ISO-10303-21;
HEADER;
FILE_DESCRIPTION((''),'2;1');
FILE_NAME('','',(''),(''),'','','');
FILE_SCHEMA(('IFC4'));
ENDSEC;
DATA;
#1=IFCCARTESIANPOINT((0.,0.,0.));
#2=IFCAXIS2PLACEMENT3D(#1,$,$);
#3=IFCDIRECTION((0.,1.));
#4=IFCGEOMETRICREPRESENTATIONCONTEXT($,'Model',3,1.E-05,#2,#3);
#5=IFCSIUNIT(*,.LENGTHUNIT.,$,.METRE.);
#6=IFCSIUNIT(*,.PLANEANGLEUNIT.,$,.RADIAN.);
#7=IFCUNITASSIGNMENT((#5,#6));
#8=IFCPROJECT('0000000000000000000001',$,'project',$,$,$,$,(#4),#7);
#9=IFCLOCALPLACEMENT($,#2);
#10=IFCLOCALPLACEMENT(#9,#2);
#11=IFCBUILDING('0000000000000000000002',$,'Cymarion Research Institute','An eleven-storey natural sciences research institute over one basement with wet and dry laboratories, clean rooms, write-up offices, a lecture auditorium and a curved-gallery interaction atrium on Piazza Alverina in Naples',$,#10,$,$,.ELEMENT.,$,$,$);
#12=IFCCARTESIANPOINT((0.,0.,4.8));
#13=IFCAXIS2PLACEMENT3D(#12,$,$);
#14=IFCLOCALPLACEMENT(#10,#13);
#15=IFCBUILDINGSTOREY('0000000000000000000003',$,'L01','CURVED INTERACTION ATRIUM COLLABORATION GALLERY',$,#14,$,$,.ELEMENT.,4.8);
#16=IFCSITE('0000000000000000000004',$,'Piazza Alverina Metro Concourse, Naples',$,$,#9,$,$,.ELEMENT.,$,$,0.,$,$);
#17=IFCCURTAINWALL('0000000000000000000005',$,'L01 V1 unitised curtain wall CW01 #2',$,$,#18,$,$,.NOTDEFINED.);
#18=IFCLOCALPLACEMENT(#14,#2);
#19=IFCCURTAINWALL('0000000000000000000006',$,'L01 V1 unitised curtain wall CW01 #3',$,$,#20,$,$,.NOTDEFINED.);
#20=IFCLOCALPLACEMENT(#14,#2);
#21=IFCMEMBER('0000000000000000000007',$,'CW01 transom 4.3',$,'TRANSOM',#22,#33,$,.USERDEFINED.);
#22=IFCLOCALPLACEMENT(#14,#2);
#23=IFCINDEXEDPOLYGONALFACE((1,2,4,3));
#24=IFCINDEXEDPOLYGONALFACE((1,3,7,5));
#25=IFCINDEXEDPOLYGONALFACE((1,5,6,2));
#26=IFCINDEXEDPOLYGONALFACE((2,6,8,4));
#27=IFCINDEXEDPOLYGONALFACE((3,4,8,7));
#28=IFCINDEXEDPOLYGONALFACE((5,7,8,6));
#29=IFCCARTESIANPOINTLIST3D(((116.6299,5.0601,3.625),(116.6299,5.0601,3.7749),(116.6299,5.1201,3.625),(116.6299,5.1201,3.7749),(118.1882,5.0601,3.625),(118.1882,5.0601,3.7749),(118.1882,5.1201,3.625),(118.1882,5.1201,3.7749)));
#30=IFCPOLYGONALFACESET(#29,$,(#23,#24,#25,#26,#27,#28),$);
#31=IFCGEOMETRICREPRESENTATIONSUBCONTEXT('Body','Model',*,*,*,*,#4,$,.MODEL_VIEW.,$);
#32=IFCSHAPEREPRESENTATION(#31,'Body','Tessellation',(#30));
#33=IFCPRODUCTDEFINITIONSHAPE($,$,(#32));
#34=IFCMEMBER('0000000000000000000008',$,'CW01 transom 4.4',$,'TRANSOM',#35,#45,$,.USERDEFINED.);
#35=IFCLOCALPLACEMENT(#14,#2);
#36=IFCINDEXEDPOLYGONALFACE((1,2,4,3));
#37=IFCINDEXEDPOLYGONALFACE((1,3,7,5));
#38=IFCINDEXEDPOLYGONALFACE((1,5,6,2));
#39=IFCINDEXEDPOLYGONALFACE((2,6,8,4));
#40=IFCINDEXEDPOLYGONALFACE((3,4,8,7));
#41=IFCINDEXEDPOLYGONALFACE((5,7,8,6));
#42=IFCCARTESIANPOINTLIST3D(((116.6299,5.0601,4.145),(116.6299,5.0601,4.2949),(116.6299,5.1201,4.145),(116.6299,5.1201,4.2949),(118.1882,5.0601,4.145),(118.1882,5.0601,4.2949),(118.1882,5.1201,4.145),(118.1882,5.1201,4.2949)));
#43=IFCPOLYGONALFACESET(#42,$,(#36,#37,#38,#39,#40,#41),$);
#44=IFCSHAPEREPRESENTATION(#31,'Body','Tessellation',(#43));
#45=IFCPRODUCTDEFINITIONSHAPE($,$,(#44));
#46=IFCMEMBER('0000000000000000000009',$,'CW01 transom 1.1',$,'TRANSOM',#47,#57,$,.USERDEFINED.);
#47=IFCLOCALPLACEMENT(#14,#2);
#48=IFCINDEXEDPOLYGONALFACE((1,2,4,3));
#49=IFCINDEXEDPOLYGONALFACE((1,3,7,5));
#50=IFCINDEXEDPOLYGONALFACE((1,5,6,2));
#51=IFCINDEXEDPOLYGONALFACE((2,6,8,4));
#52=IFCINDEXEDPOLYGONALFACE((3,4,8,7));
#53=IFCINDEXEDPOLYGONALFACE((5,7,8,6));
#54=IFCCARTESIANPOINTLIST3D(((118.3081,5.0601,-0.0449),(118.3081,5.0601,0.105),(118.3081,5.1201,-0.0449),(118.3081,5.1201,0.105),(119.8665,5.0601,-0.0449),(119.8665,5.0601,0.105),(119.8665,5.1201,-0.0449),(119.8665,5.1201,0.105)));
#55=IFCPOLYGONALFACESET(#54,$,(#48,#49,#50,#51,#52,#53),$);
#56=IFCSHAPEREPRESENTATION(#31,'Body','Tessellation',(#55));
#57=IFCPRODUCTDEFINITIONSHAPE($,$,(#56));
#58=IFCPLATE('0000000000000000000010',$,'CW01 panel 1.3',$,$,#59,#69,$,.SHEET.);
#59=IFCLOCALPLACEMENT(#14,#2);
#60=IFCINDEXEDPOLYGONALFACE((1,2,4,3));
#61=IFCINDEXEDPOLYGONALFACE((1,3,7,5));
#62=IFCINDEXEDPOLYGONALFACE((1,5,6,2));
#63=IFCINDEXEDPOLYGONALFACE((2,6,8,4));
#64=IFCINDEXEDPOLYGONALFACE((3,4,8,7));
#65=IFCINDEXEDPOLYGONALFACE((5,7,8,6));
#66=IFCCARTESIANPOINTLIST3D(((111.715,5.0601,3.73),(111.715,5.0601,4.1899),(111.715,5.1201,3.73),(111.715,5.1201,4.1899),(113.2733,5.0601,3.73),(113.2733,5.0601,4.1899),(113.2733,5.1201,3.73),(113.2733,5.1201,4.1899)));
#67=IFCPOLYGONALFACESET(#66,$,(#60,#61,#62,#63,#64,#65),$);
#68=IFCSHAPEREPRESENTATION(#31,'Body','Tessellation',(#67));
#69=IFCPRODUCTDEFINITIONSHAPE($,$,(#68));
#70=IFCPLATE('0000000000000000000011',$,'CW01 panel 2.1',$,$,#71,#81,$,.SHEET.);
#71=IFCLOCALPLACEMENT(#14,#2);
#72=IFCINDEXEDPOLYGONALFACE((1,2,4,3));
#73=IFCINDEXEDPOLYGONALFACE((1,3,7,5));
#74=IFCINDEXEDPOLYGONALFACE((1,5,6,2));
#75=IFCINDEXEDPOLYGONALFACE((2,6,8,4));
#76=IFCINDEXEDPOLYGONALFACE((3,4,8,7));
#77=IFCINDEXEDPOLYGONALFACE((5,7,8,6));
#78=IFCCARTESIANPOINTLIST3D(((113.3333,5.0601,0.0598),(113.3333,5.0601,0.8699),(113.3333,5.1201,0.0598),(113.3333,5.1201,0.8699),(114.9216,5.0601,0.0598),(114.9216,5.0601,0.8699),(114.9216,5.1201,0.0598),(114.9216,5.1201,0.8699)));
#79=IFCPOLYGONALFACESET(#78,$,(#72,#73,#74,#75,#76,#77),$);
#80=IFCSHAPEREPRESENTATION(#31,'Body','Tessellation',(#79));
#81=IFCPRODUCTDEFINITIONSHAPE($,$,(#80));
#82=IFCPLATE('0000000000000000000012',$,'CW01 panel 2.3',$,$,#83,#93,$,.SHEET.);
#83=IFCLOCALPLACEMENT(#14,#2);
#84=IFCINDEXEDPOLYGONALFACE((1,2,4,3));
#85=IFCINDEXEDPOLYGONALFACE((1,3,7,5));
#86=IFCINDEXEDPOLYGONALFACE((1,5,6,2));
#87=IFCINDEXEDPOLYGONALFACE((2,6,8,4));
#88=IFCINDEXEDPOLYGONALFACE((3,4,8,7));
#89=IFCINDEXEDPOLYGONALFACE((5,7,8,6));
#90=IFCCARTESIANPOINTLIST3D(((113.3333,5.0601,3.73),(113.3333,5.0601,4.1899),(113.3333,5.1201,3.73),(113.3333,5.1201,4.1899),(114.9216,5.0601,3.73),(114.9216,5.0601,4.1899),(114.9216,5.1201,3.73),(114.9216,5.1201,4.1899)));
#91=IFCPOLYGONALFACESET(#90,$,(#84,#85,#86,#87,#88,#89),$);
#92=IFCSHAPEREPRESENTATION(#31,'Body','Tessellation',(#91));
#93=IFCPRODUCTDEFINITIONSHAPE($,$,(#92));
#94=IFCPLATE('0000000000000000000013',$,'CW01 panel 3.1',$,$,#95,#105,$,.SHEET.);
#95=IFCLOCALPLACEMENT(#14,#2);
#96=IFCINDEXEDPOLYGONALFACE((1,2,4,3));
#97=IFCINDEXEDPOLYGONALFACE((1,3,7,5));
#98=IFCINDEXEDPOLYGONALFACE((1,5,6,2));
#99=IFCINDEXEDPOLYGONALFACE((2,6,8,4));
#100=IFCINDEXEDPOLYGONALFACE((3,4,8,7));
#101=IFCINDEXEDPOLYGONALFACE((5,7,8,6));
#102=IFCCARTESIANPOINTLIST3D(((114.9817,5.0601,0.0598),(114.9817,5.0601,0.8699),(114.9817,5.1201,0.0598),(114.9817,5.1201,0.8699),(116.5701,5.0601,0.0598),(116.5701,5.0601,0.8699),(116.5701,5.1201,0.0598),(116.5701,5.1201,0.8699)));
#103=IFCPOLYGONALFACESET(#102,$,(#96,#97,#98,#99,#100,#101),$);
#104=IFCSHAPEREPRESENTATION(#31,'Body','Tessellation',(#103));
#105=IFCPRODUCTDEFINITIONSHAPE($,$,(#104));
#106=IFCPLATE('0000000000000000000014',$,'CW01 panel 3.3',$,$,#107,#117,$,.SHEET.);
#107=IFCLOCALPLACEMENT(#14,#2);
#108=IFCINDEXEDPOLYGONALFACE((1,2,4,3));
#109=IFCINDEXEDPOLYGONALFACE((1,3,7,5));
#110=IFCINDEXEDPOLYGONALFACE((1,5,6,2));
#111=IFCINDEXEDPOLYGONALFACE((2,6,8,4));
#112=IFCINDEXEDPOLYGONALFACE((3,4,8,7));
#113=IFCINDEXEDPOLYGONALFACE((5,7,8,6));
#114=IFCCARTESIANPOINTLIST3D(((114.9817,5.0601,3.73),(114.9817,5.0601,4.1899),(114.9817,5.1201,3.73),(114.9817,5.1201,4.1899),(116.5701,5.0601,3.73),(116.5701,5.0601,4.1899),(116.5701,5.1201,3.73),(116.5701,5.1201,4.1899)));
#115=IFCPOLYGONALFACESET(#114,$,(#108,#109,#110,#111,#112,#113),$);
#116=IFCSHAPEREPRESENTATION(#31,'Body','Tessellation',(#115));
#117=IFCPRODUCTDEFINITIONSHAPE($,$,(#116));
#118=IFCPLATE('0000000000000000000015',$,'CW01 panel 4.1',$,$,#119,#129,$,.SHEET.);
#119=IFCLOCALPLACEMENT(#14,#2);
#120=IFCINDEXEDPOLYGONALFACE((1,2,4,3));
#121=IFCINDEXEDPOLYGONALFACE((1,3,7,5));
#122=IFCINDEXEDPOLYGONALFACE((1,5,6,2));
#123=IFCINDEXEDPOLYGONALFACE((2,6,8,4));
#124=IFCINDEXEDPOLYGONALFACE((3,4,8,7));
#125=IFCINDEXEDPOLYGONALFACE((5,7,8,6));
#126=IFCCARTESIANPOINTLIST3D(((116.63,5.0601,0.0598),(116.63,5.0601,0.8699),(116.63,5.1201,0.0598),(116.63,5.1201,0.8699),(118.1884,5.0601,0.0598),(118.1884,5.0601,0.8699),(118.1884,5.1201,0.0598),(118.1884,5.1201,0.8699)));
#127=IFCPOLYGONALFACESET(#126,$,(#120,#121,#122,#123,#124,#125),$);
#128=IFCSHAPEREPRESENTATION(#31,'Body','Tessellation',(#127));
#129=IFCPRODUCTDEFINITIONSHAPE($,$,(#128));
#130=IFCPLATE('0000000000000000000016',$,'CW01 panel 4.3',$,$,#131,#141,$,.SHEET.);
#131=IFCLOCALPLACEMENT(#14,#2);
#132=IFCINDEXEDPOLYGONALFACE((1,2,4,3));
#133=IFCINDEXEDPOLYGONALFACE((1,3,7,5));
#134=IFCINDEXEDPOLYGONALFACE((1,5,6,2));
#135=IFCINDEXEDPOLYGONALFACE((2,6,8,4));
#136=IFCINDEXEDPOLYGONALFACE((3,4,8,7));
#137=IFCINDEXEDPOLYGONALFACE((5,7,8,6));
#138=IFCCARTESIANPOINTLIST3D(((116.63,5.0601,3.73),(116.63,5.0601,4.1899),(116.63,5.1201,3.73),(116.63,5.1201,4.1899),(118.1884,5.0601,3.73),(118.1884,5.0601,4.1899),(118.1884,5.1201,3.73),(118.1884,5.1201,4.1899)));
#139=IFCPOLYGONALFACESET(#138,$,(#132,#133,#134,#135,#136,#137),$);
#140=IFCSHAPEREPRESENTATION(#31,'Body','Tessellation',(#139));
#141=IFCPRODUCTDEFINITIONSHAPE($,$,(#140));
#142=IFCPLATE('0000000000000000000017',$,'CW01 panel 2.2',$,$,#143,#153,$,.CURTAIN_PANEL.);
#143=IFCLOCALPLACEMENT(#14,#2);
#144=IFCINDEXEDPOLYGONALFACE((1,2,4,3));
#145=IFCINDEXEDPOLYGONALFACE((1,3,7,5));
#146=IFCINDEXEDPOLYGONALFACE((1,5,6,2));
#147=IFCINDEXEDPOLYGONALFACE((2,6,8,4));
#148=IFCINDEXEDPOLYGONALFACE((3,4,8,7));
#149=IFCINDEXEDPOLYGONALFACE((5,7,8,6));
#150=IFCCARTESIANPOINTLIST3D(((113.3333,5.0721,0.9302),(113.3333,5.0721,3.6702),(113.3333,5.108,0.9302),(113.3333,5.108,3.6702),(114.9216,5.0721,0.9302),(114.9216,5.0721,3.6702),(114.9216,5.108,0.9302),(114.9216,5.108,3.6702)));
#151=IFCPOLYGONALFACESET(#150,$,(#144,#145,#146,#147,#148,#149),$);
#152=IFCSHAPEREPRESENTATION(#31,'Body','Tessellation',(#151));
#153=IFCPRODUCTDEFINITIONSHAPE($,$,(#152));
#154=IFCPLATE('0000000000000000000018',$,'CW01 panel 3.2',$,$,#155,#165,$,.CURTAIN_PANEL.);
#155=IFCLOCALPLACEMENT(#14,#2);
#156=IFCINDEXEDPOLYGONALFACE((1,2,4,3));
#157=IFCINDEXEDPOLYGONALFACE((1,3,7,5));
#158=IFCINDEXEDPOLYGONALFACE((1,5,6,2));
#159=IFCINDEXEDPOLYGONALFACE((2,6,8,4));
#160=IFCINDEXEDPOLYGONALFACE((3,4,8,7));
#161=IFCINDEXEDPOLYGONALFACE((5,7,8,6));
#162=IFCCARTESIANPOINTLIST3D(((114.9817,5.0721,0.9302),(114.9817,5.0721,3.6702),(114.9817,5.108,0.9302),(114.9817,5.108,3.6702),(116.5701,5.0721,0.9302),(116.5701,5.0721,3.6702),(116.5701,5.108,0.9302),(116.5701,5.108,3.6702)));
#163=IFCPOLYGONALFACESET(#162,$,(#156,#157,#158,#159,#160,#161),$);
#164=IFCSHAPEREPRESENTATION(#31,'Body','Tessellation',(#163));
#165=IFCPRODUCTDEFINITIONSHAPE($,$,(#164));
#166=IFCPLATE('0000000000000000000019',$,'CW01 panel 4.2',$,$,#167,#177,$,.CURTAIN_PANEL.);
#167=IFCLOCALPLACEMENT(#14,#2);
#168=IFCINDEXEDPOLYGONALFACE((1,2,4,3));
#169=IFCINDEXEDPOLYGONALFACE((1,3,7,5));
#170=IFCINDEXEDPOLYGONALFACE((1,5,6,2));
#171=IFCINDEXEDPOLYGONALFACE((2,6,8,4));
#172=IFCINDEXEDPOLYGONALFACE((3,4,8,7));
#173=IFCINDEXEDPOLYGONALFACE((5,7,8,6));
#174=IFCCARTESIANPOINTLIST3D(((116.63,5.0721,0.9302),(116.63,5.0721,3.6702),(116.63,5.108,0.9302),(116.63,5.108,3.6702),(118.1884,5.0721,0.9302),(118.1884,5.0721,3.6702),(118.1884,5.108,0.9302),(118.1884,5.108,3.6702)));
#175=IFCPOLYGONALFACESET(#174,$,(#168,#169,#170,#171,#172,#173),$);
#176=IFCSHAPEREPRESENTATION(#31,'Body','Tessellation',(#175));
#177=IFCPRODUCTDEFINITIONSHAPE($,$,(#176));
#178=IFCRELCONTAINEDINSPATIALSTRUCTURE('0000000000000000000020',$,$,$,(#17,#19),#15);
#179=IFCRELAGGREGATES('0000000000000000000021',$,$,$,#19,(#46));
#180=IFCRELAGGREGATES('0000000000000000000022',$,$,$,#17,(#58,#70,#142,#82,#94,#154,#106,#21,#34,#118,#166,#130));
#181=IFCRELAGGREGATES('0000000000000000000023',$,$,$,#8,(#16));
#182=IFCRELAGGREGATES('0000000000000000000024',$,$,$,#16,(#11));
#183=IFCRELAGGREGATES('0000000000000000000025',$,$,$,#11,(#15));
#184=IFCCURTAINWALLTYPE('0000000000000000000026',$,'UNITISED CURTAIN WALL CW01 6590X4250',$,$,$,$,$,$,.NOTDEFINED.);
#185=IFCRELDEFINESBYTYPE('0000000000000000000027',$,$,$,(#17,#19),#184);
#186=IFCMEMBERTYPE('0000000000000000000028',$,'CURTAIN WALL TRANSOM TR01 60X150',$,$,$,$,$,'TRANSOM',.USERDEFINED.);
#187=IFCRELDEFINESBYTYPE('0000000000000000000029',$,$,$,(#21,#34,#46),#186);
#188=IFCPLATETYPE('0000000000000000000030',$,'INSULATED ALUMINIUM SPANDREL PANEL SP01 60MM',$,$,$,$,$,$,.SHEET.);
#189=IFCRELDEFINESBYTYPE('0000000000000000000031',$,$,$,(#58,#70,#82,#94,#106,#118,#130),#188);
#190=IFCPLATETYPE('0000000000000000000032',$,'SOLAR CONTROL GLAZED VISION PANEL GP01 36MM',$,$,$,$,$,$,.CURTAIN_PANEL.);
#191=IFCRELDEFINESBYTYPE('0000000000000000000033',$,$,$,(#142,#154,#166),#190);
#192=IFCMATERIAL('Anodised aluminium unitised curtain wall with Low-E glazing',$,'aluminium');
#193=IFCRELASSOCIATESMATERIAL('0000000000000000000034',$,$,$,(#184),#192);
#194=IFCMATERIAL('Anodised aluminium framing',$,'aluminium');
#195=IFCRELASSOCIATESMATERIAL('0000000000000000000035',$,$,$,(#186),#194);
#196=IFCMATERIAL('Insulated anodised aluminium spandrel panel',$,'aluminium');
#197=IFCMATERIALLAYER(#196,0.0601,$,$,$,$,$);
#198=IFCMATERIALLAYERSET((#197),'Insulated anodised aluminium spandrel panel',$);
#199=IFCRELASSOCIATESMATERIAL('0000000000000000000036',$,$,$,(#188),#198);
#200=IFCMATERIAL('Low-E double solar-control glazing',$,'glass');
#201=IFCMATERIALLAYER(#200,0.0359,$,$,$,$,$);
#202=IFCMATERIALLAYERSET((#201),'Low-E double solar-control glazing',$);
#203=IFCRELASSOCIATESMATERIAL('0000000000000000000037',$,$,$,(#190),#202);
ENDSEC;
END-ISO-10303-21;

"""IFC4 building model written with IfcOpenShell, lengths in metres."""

from ifc_helpers import new_model, si_unit, direction, frame, origin, origin_2d, place, context, subcontext, project, spatial, rectangle, extrude, material, layer, layer_set, material_profile, profile_set, type_object, element, aggregate, save


model = new_model("IFC4")

# Units and contexts
model_context = context("Model", 3, precision=1e-05, world=origin(), true_north=direction((0.0, 1.0)))
body_context = subcontext(model_context, "Body", "Model", "MODEL_VIEW")
ifc_project = project(units=[si_unit("LENGTHUNIT", "METRE"), si_unit("PLANEANGLEUNIT", "RADIAN")], contexts=[model_context])

# Site, building, storey
site_placement = place(None, origin())
site = spatial("IfcSite", under=ifc_project, at=site_placement, Name="Piazza Alverina Metro Concourse, Naples", CompositionType="ELEMENT", RefElevation=0.0)
building_placement = place(site_placement, origin())
building = spatial("IfcBuilding", under=site, at=building_placement, Name="Cymarion Research Institute", Description="An eleven-storey natural sciences research institute over one basement with wet and dry laboratories, clean rooms, write-up offices, a lecture auditorium and a curved-gallery interaction atrium on Piazza Alverina in Naples", CompositionType="ELEMENT")
storey_placement = place(building_placement, frame((0.0, 0.0, 4.8)))
storey = spatial("IfcBuildingStorey", under=building, at=storey_placement, Name="L01", Description="CURVED INTERACTION ATRIUM COLLABORATION GALLERY", CompositionType="ELEMENT", Elevation=4.8)

# Curtain wall
ifc_material_1 = material(Name="Anodised aluminium unitised curtain wall with Low-E glazing", Category="aluminium")
curtain_wall_type = type_object("IfcCurtainWallType", Name="UNITISED CURTAIN WALL CW01 6590X4250", PredefinedType="NOTDEFINED", material=ifc_material_1)
curtain_wall_1_placement = place(storey_placement, origin())
curtain_wall_1 = element("IfcCurtainWall", 1, at=curtain_wall_1_placement, inside=storey, type_object=curtain_wall_type, Name="L01 V1 unitised curtain wall CW01 #2", PredefinedType="NOTDEFINED")
ifc_material_2 = material(Name="Anodised aluminium framing", Category="aluminium")

# Curtain wall
curtain_wall_2_placement = place(storey_placement, origin())
curtain_wall_2 = element("IfcCurtainWall", 2, at=curtain_wall_2_placement, inside=storey, type_object=curtain_wall_type, Name="L01 V1 unitised curtain wall CW01 #3", PredefinedType="NOTDEFINED")

# Members
ifc_material_profile_1 = material_profile(ifc_material_2, rectangle(XDim=0.0601, YDim=0.1499, at=origin_2d()), Name="ALU TRANSOM 60x150")
ifc_profile_set_1 = profile_set([ifc_material_profile_1], Name="Anodised aluminium framing")
member_type_1 = type_object("IfcMemberType", Name="CURTAIN WALL TRANSOM TR01 60X150", ElementType="TRANSOM", PredefinedType="USERDEFINED", material=ifc_profile_set_1)
member_1_placement = place(storey_placement, frame((116.6299, 5.0901, 3.7), z_axis=(1.0, 0.0, 0.0), x_axis=(0.0, 1.0, 0.0)))
member_1 = element("IfcMember", 3, at=member_1_placement, type_object=member_type_1, Name="CW01 transom 4.3", ObjectType="TRANSOM", PredefinedType="USERDEFINED", context=body_context, shape_type="SweptSolid", body=[
    extrude(rectangle(XDim=0.0601, YDim=0.1499, at=origin_2d()), origin(), (0.0, 0.0, 1.0), 1.5583),
])
member_2_placement = place(storey_placement, frame((116.6299, 5.0901, 4.22), z_axis=(1.0, 0.0, 0.0), x_axis=(0.0, 1.0, 0.0)))
member_2 = element("IfcMember", 4, at=member_2_placement, type_object=member_type_1, Name="CW01 transom 4.4", ObjectType="TRANSOM", PredefinedType="USERDEFINED", context=body_context, shape_type="SweptSolid", body=[
    extrude(rectangle(XDim=0.0601, YDim=0.1499, at=origin_2d()), origin(), (0.0, 0.0, 1.0), 1.5583),
])
member_3_placement = place(storey_placement, frame((118.3081, 5.0901, 0.03), z_axis=(1.0, 0.0, 0.0), x_axis=(0.0, 1.0, 0.0)))
member_3 = element("IfcMember", 5, at=member_3_placement, type_object=member_type_1, Name="CW01 transom 1.1", ObjectType="TRANSOM", PredefinedType="USERDEFINED", context=body_context, shape_type="SweptSolid", body=[
    extrude(rectangle(XDim=0.0601, YDim=0.1499, at=origin_2d()), origin(), (0.0, 0.0, 1.0), 1.5583),
])
aggregate(curtain_wall_2, [member_3])

# Plates
ifc_material_3 = material(Name="Insulated anodised aluminium spandrel panel", Category="aluminium")
ifc_layer_1 = layer(ifc_material_3, 0.0601)
ifc_layer_set_1 = layer_set([ifc_layer_1], Name="Insulated anodised aluminium spandrel panel")
plate_type_1 = type_object("IfcPlateType", Name="INSULATED ALUMINIUM SPANDREL PANEL SP01 60MM", PredefinedType="SHEET", material=ifc_layer_set_1)
plate_1_placement = place(storey_placement, frame((112.4941, 5.0901, 3.73), z_axis=(0.0, 0.0, 1.0), x_axis=(1.0, 0.0, 0.0)))
plate_1 = element("IfcPlate", 6, at=plate_1_placement, type_object=plate_type_1, Name="CW01 panel 1.3", PredefinedType="SHEET", context=body_context, shape_type="SweptSolid", body=[
    extrude(rectangle(XDim=1.5583, YDim=0.0601, at=origin_2d()), origin(), (0.0, 0.0, 1.0), 0.46),
])
plate_2_placement = place(storey_placement, frame((114.1274, 5.0901, 0.0598), z_axis=(0.0, 0.0, 1.0), x_axis=(1.0, 0.0, 0.0)))
plate_2 = element("IfcPlate", 7, at=plate_2_placement, type_object=plate_type_1, Name="CW01 panel 2.1", PredefinedType="SHEET", context=body_context, shape_type="SweptSolid", body=[
    extrude(rectangle(XDim=1.5884, YDim=0.0601, at=origin_2d()), origin(), (0.0, 0.0, 1.0), 0.8101),
])
plate_3_placement = place(storey_placement, frame((114.1274, 5.0901, 3.73), z_axis=(0.0, 0.0, 1.0), x_axis=(1.0, 0.0, 0.0)))
plate_3 = element("IfcPlate", 8, at=plate_3_placement, type_object=plate_type_1, Name="CW01 panel 2.3", PredefinedType="SHEET", context=body_context, shape_type="SweptSolid", body=[
    extrude(rectangle(XDim=1.5884, YDim=0.0601, at=origin_2d()), origin(), (0.0, 0.0, 1.0), 0.46),
])
plate_4_placement = place(storey_placement, frame((115.7759, 5.0901, 0.0598), z_axis=(0.0, 0.0, 1.0), x_axis=(1.0, 0.0, 0.0)))
plate_4 = element("IfcPlate", 9, at=plate_4_placement, type_object=plate_type_1, Name="CW01 panel 3.1", PredefinedType="SHEET", context=body_context, shape_type="SweptSolid", body=[
    extrude(rectangle(XDim=1.5884, YDim=0.0601, at=origin_2d()), origin(), (0.0, 0.0, 1.0), 0.8101),
])
plate_5_placement = place(storey_placement, frame((115.7759, 5.0901, 3.73), z_axis=(0.0, 0.0, 1.0), x_axis=(1.0, 0.0, 0.0)))
plate_5 = element("IfcPlate", 10, at=plate_5_placement, type_object=plate_type_1, Name="CW01 panel 3.3", PredefinedType="SHEET", context=body_context, shape_type="SweptSolid", body=[
    extrude(rectangle(XDim=1.5884, YDim=0.0601, at=origin_2d()), origin(), (0.0, 0.0, 1.0), 0.46),
])
plate_6_placement = place(storey_placement, frame((117.4092, 5.0901, 0.0598), z_axis=(0.0, 0.0, 1.0), x_axis=(1.0, 0.0, 0.0)))
plate_6 = element("IfcPlate", 11, at=plate_6_placement, type_object=plate_type_1, Name="CW01 panel 4.1", PredefinedType="SHEET", context=body_context, shape_type="SweptSolid", body=[
    extrude(rectangle(XDim=1.5583, YDim=0.0601, at=origin_2d()), origin(), (0.0, 0.0, 1.0), 0.8101),
])
plate_7_placement = place(storey_placement, frame((117.4092, 5.0901, 3.73), z_axis=(0.0, 0.0, 1.0), x_axis=(1.0, 0.0, 0.0)))
plate_7 = element("IfcPlate", 12, at=plate_7_placement, type_object=plate_type_1, Name="CW01 panel 4.3", PredefinedType="SHEET", context=body_context, shape_type="SweptSolid", body=[
    extrude(rectangle(XDim=1.5583, YDim=0.0601, at=origin_2d()), origin(), (0.0, 0.0, 1.0), 0.46),
])
ifc_material_4 = material(Name="Low-E double solar-control glazing", Category="glass")
ifc_layer_2 = layer(ifc_material_4, 0.0359)
ifc_layer_set_2 = layer_set([ifc_layer_2], Name="Low-E double solar-control glazing")
plate_type_2 = type_object("IfcPlateType", Name="SOLAR CONTROL GLAZED VISION PANEL GP01 36MM", PredefinedType="CURTAIN_PANEL", material=ifc_layer_set_2)
plate_8_placement = place(storey_placement, frame((114.1274, 5.0901, 0.9302), z_axis=(0.0, 0.0, 1.0), x_axis=(1.0, 0.0, 0.0)))
plate_8 = element("IfcPlate", 13, at=plate_8_placement, type_object=plate_type_2, Name="CW01 panel 2.2", PredefinedType="CURTAIN_PANEL", context=body_context, shape_type="SweptSolid", body=[
    extrude(rectangle(XDim=1.5884, YDim=0.0359, at=origin_2d()), origin(), (0.0, 0.0, 1.0), 2.74),
])
plate_9_placement = place(storey_placement, frame((115.7759, 5.0901, 0.9302), z_axis=(0.0, 0.0, 1.0), x_axis=(1.0, 0.0, 0.0)))
plate_9 = element("IfcPlate", 14, at=plate_9_placement, type_object=plate_type_2, Name="CW01 panel 3.2", PredefinedType="CURTAIN_PANEL", context=body_context, shape_type="SweptSolid", body=[
    extrude(rectangle(XDim=1.5884, YDim=0.0359, at=origin_2d()), origin(), (0.0, 0.0, 1.0), 2.74),
])
plate_10_placement = place(storey_placement, frame((117.4092, 5.0901, 0.9302), z_axis=(0.0, 0.0, 1.0), x_axis=(1.0, 0.0, 0.0)))
plate_10 = element("IfcPlate", 15, at=plate_10_placement, type_object=plate_type_2, Name="CW01 panel 4.2", PredefinedType="CURTAIN_PANEL", context=body_context, shape_type="SweptSolid", body=[
    extrude(rectangle(XDim=1.5583, YDim=0.0359, at=origin_2d()), origin(), (0.0, 0.0, 1.0), 2.74),
])
aggregate(curtain_wall_1, [plate_1, plate_2, plate_8, plate_3, plate_4, plate_9, plate_5, member_1, member_2, plate_6, plate_10, plate_7])

save(model, "model.ifc")
